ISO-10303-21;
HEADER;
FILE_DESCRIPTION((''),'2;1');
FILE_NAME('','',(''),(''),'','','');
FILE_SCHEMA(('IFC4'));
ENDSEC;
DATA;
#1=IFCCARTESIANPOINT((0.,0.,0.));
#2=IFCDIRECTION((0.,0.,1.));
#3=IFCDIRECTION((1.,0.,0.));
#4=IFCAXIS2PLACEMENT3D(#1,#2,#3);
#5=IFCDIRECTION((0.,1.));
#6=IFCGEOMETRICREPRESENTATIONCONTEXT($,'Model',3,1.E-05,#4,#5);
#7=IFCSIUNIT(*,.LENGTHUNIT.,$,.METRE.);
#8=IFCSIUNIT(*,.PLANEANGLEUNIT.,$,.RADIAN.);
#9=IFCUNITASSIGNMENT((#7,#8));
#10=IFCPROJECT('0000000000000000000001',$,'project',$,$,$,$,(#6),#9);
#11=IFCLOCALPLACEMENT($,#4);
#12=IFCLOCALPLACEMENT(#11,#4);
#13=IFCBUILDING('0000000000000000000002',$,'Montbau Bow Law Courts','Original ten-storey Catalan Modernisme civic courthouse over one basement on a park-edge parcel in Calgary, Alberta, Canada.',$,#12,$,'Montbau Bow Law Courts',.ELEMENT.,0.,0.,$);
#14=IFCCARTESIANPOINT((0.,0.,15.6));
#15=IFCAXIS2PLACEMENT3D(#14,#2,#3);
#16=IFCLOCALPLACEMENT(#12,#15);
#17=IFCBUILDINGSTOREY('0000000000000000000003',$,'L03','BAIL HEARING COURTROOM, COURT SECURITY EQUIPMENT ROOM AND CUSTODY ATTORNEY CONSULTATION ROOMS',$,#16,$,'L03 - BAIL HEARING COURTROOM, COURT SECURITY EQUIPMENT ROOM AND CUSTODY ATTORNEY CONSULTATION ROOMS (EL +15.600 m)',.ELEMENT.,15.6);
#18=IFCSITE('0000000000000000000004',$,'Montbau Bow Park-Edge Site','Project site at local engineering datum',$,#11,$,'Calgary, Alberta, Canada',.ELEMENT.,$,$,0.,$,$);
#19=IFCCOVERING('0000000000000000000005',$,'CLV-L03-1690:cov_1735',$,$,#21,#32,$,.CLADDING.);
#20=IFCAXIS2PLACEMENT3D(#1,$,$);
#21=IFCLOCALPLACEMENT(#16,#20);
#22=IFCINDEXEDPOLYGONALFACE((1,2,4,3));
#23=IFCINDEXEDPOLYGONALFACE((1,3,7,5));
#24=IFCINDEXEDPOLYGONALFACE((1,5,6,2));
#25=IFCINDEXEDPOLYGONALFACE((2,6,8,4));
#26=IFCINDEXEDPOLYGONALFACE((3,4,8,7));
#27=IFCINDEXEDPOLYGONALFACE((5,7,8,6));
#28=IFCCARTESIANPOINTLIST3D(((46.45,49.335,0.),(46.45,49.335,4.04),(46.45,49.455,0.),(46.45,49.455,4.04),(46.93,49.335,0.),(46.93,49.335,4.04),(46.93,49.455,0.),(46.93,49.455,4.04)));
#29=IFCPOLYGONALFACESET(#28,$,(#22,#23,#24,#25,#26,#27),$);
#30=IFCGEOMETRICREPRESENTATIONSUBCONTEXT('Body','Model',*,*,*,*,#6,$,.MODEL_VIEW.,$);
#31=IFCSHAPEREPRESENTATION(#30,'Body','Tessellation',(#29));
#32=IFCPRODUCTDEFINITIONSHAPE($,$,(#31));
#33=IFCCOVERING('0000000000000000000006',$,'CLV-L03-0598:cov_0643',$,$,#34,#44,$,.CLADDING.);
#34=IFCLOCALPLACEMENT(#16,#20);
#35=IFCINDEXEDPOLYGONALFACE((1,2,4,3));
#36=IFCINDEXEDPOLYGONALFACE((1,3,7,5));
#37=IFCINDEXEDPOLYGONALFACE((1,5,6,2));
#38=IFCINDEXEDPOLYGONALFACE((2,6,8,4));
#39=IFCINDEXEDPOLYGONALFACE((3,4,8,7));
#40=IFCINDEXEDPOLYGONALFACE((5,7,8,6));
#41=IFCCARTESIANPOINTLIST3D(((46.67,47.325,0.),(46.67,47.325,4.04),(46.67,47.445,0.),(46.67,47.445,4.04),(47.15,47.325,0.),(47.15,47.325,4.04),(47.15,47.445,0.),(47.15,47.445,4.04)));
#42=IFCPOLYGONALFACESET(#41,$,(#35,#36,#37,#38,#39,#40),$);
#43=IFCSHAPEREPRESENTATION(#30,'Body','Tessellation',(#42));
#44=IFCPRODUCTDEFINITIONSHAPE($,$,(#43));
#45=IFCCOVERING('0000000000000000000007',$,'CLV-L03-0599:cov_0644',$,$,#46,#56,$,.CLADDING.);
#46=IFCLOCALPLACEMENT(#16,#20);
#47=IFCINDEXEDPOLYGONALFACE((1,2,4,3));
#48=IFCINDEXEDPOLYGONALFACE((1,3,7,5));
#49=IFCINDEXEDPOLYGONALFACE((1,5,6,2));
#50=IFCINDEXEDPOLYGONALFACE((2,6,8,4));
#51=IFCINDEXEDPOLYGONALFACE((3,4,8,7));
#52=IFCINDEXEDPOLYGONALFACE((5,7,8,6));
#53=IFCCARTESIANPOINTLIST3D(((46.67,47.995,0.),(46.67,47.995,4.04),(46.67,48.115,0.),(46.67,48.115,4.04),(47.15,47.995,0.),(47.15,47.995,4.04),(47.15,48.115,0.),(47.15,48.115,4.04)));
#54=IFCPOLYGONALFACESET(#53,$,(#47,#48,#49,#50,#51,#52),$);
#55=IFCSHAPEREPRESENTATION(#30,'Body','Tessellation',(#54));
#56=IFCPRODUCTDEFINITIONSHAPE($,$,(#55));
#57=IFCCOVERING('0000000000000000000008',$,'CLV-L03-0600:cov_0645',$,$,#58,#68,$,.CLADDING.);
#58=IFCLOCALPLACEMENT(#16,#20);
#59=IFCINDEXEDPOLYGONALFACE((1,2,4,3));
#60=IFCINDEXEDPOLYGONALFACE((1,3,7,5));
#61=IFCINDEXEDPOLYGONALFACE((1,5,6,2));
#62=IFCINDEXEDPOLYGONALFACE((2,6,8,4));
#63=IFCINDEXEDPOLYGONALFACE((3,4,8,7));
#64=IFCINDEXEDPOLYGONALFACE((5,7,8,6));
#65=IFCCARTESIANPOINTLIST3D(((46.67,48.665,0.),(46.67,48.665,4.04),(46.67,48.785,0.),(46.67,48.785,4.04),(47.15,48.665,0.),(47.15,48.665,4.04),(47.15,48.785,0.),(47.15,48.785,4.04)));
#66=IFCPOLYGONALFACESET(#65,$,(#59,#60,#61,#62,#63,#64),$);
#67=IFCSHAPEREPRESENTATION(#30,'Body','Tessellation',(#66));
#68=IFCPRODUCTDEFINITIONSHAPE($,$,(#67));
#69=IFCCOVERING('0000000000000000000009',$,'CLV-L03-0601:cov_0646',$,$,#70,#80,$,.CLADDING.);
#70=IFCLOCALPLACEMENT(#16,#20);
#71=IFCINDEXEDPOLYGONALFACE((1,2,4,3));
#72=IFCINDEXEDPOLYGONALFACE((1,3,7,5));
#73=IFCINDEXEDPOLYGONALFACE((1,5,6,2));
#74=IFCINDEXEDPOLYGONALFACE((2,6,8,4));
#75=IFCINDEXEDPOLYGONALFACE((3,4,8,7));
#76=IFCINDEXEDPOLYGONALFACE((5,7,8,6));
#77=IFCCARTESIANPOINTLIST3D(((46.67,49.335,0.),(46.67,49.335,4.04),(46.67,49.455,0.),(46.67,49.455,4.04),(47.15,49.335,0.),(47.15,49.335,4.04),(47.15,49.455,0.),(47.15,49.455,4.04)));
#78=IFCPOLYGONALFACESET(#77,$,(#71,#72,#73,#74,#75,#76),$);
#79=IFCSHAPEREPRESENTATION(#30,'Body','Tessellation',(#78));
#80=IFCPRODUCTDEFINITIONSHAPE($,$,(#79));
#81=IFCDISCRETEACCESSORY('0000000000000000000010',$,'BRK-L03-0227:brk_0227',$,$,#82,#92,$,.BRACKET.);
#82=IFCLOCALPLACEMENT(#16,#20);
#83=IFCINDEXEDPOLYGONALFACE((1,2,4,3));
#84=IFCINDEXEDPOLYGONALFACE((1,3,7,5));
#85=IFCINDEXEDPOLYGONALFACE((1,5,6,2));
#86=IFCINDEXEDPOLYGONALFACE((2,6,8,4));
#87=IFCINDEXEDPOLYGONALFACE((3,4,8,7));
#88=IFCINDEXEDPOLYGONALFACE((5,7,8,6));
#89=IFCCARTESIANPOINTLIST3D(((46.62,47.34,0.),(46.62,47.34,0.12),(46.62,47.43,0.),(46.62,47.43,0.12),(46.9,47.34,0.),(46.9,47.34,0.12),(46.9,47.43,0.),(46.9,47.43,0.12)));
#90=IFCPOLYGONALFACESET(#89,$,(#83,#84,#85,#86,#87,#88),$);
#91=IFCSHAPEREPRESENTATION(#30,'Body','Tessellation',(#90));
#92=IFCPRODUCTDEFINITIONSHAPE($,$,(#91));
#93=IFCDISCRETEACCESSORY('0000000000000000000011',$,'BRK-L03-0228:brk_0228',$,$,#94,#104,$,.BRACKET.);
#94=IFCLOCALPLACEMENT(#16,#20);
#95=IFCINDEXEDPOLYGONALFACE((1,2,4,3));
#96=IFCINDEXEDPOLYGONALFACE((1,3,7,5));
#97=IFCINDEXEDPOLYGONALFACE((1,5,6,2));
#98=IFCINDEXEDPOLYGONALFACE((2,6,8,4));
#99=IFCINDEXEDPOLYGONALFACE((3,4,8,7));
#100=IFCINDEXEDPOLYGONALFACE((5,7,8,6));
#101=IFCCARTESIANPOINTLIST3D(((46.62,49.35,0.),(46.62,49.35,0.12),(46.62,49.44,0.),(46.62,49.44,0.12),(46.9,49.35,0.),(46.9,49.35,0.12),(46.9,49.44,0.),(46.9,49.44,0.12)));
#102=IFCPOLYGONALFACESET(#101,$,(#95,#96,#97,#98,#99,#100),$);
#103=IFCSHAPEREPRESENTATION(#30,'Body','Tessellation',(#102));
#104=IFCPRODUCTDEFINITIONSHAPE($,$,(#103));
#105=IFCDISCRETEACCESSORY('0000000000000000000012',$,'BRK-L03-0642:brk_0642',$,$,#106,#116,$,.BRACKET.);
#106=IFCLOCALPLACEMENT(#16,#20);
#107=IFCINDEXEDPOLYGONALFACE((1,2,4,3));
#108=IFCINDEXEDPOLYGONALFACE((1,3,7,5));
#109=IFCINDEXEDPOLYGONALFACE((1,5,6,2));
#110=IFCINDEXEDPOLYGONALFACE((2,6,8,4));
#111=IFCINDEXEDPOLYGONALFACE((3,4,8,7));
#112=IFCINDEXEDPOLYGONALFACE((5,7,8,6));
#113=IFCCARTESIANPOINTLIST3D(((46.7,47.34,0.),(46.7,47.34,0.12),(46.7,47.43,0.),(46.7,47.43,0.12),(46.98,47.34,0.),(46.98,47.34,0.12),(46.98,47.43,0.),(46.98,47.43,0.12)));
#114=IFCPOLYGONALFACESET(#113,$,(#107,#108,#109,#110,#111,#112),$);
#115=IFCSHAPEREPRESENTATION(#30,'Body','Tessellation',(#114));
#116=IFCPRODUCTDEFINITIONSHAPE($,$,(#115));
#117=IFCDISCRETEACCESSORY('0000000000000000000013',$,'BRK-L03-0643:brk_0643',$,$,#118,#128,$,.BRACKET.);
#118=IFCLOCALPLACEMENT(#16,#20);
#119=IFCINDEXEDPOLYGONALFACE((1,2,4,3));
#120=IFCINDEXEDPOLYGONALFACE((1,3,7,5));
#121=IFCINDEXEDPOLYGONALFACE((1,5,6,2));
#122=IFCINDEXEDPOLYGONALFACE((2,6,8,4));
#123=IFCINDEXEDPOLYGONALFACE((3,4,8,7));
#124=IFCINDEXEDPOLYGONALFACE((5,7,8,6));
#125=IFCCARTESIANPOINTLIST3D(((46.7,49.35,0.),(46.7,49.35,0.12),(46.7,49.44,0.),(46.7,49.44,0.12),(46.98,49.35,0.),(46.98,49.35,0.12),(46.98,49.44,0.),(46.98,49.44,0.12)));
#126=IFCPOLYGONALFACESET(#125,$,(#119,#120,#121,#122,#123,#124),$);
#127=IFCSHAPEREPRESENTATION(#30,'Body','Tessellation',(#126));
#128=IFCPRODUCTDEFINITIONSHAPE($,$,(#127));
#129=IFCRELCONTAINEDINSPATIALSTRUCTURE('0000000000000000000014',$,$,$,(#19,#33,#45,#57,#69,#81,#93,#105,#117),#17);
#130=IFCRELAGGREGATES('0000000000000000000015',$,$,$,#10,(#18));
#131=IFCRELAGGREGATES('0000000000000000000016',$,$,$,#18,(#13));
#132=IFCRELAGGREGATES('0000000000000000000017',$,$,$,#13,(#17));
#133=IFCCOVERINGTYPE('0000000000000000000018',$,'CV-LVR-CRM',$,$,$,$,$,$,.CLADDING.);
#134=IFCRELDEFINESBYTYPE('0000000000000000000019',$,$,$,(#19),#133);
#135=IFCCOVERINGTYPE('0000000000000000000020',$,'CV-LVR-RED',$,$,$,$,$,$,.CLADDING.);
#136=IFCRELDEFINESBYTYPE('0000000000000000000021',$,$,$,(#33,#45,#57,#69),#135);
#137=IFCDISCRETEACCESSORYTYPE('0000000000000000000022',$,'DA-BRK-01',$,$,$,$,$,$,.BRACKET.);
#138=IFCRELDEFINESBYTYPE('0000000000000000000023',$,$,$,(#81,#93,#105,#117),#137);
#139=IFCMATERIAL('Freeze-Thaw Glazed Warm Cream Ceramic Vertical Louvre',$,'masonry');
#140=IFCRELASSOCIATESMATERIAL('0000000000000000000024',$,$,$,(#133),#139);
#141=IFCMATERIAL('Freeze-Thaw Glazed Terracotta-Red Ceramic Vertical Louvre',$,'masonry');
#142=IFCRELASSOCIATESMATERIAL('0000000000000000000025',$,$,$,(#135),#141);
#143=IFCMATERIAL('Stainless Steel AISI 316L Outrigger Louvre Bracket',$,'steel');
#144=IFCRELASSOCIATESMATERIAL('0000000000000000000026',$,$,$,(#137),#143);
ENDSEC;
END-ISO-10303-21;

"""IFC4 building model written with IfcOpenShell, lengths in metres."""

from ifc_helpers import new_model, si_unit, direction, frame, frame_2d, origin_with_axes, origin_2d_with_axis, place, context, subcontext, project, spatial, rectangle, extrude, material, type_object, element, save


model = new_model("IFC4")

# Units and contexts
model_context = context("Model", 3, precision=1e-05, world=origin_with_axes(), true_north=direction((0.0, 1.0)))
body_context = subcontext(model_context, "Body", "Model", "MODEL_VIEW")
ifc_project = project(units=[si_unit("LENGTHUNIT", "METRE"), si_unit("PLANEANGLEUNIT", "RADIAN")], contexts=[model_context])

# Site, building, storey
site_placement = place(None, origin_with_axes())
site = spatial("IfcSite", under=ifc_project, at=site_placement, Name="Montbau Bow Park-Edge Site", Description="Project site at local engineering datum", LongName="Calgary, Alberta, Canada", CompositionType="ELEMENT", RefElevation=0.0)
building_placement = place(site_placement, origin_with_axes())
building = spatial("IfcBuilding", under=site, at=building_placement, Name="Montbau Bow Law Courts", Description="Original ten-storey Catalan Modernisme civic courthouse over one basement on a park-edge parcel in Calgary, Alberta, Canada.", LongName="Montbau Bow Law Courts", CompositionType="ELEMENT", ElevationOfRefHeight=0.0, ElevationOfTerrain=0.0)
storey_placement = place(building_placement, frame((0.0, 0.0, 15.6), z_axis=(0.0, 0.0, 1.0), x_axis=(1.0, 0.0, 0.0)))
storey = spatial("IfcBuildingStorey", under=building, at=storey_placement, Name="L03", Description="BAIL HEARING COURTROOM, COURT SECURITY EQUIPMENT ROOM AND CUSTODY ATTORNEY CONSULTATION ROOMS", LongName="L03 - BAIL HEARING COURTROOM, COURT SECURITY EQUIPMENT ROOM AND CUSTODY ATTORNEY CONSULTATION ROOMS (EL +15.600 m)", CompositionType="ELEMENT", Elevation=15.6)

# Coverings
ifc_material_1 = material(Name="Freeze-Thaw Glazed Warm Cream Ceramic Vertical Louvre", Category="masonry")
covering_type_1 = type_object("IfcCoveringType", Name="CV-LVR-CRM", PredefinedType="CLADDING", material=ifc_material_1)
for number, where, z_axis, x_axis, name in (
    (1, (46.93, 49.395, 15.6), (0.0, 1.0, 0.0), (-1.0, 0.0, 0.0), "CLV-L03-1690:cov_1735"),
):
    element("IfcCovering", number, at=place(None, frame(where, z_axis=z_axis, x_axis=x_axis)), inside=storey, type_object=covering_type_1, Name=name, PredefinedType="CLADDING", context=body_context, shape_type="SweptSolid", body=[
        extrude(rectangle(XDim=0.48, YDim=4.04, at=frame_2d((0.24, 2.02), x_axis=(1.0, 0.0))), frame((0.0, 0.0, -0.06), z_axis=(0.0, 0.0, 1.0), x_axis=(1.0, 0.0, 0.0)), (0.0, 0.0, 1.0), 0.12),
    ])
ifc_material_2 = material(Name="Freeze-Thaw Glazed Terracotta-Red Ceramic Vertical Louvre", Category="masonry")
covering_type_2 = type_object("IfcCoveringType", Name="CV-LVR-RED", PredefinedType="CLADDING", material=ifc_material_2)
for number, where, z_axis, x_axis, name in (
    (2, (46.67, 47.385, 15.6), (0.0, -1.0, 0.0), (1.0, 0.0, 0.0), "CLV-L03-0598:cov_0643"),
    (3, (46.67, 48.055, 15.6), (0.0, -1.0, 0.0), (1.0, 0.0, 0.0), "CLV-L03-0599:cov_0644"),
    (4, (46.67, 48.725, 15.6), (0.0, -1.0, 0.0), (1.0, 0.0, 0.0), "CLV-L03-0600:cov_0645"),
    (5, (46.67, 49.395, 15.6), (0.0, -1.0, 0.0), (1.0, 0.0, 0.0), "CLV-L03-0601:cov_0646"),
):
    element("IfcCovering", number, at=place(None, frame(where, z_axis=z_axis, x_axis=x_axis)), inside=storey, type_object=covering_type_2, Name=name, PredefinedType="CLADDING", context=body_context, shape_type="SweptSolid", body=[
        extrude(rectangle(XDim=0.48, YDim=4.04, at=frame_2d((0.24, 2.02), x_axis=(1.0, 0.0))), frame((0.0, 0.0, -0.06), z_axis=(0.0, 0.0, 1.0), x_axis=(1.0, 0.0, 0.0)), (0.0, 0.0, 1.0), 0.12),
    ])

# Discrete accessories
ifc_material_3 = material(Name="Stainless Steel AISI 316L Outrigger Louvre Bracket", Category="steel")
discrete_accessory_type = type_object("IfcDiscreteAccessoryType", Name="DA-BRK-01", PredefinedType="BRACKET", material=ifc_material_3)
for number, where, z_axis, x_axis, name in (
    (6, (46.76, 47.385, 15.6), (0.0, 0.0, 1.0), (1.0, 0.0, 0.0), "BRK-L03-0227:brk_0227"),
    (7, (46.76, 49.395, 15.6), (0.0, 0.0, 1.0), (1.0, 0.0, 0.0), "BRK-L03-0228:brk_0228"),
    (8, (46.84, 47.385, 15.6), (0.0, 0.0, 1.0), (-1.0, 0.0, 0.0), "BRK-L03-0642:brk_0642"),
    (9, (46.84, 49.395, 15.6), (0.0, 0.0, 1.0), (-1.0, 0.0, 0.0), "BRK-L03-0643:brk_0643"),
):
    element("IfcDiscreteAccessory", number, at=place(None, frame(where, z_axis=z_axis, x_axis=x_axis)), inside=storey, type_object=discrete_accessory_type, Name=name, PredefinedType="BRACKET", context=body_context, shape_type="SweptSolid", body=[
        extrude(rectangle(XDim=0.28, YDim=0.09, at=origin_2d_with_axis()), origin_with_axes(), (0.0, 0.0, 1.0), 0.12),
    ])

save(model, "model.ifc")
